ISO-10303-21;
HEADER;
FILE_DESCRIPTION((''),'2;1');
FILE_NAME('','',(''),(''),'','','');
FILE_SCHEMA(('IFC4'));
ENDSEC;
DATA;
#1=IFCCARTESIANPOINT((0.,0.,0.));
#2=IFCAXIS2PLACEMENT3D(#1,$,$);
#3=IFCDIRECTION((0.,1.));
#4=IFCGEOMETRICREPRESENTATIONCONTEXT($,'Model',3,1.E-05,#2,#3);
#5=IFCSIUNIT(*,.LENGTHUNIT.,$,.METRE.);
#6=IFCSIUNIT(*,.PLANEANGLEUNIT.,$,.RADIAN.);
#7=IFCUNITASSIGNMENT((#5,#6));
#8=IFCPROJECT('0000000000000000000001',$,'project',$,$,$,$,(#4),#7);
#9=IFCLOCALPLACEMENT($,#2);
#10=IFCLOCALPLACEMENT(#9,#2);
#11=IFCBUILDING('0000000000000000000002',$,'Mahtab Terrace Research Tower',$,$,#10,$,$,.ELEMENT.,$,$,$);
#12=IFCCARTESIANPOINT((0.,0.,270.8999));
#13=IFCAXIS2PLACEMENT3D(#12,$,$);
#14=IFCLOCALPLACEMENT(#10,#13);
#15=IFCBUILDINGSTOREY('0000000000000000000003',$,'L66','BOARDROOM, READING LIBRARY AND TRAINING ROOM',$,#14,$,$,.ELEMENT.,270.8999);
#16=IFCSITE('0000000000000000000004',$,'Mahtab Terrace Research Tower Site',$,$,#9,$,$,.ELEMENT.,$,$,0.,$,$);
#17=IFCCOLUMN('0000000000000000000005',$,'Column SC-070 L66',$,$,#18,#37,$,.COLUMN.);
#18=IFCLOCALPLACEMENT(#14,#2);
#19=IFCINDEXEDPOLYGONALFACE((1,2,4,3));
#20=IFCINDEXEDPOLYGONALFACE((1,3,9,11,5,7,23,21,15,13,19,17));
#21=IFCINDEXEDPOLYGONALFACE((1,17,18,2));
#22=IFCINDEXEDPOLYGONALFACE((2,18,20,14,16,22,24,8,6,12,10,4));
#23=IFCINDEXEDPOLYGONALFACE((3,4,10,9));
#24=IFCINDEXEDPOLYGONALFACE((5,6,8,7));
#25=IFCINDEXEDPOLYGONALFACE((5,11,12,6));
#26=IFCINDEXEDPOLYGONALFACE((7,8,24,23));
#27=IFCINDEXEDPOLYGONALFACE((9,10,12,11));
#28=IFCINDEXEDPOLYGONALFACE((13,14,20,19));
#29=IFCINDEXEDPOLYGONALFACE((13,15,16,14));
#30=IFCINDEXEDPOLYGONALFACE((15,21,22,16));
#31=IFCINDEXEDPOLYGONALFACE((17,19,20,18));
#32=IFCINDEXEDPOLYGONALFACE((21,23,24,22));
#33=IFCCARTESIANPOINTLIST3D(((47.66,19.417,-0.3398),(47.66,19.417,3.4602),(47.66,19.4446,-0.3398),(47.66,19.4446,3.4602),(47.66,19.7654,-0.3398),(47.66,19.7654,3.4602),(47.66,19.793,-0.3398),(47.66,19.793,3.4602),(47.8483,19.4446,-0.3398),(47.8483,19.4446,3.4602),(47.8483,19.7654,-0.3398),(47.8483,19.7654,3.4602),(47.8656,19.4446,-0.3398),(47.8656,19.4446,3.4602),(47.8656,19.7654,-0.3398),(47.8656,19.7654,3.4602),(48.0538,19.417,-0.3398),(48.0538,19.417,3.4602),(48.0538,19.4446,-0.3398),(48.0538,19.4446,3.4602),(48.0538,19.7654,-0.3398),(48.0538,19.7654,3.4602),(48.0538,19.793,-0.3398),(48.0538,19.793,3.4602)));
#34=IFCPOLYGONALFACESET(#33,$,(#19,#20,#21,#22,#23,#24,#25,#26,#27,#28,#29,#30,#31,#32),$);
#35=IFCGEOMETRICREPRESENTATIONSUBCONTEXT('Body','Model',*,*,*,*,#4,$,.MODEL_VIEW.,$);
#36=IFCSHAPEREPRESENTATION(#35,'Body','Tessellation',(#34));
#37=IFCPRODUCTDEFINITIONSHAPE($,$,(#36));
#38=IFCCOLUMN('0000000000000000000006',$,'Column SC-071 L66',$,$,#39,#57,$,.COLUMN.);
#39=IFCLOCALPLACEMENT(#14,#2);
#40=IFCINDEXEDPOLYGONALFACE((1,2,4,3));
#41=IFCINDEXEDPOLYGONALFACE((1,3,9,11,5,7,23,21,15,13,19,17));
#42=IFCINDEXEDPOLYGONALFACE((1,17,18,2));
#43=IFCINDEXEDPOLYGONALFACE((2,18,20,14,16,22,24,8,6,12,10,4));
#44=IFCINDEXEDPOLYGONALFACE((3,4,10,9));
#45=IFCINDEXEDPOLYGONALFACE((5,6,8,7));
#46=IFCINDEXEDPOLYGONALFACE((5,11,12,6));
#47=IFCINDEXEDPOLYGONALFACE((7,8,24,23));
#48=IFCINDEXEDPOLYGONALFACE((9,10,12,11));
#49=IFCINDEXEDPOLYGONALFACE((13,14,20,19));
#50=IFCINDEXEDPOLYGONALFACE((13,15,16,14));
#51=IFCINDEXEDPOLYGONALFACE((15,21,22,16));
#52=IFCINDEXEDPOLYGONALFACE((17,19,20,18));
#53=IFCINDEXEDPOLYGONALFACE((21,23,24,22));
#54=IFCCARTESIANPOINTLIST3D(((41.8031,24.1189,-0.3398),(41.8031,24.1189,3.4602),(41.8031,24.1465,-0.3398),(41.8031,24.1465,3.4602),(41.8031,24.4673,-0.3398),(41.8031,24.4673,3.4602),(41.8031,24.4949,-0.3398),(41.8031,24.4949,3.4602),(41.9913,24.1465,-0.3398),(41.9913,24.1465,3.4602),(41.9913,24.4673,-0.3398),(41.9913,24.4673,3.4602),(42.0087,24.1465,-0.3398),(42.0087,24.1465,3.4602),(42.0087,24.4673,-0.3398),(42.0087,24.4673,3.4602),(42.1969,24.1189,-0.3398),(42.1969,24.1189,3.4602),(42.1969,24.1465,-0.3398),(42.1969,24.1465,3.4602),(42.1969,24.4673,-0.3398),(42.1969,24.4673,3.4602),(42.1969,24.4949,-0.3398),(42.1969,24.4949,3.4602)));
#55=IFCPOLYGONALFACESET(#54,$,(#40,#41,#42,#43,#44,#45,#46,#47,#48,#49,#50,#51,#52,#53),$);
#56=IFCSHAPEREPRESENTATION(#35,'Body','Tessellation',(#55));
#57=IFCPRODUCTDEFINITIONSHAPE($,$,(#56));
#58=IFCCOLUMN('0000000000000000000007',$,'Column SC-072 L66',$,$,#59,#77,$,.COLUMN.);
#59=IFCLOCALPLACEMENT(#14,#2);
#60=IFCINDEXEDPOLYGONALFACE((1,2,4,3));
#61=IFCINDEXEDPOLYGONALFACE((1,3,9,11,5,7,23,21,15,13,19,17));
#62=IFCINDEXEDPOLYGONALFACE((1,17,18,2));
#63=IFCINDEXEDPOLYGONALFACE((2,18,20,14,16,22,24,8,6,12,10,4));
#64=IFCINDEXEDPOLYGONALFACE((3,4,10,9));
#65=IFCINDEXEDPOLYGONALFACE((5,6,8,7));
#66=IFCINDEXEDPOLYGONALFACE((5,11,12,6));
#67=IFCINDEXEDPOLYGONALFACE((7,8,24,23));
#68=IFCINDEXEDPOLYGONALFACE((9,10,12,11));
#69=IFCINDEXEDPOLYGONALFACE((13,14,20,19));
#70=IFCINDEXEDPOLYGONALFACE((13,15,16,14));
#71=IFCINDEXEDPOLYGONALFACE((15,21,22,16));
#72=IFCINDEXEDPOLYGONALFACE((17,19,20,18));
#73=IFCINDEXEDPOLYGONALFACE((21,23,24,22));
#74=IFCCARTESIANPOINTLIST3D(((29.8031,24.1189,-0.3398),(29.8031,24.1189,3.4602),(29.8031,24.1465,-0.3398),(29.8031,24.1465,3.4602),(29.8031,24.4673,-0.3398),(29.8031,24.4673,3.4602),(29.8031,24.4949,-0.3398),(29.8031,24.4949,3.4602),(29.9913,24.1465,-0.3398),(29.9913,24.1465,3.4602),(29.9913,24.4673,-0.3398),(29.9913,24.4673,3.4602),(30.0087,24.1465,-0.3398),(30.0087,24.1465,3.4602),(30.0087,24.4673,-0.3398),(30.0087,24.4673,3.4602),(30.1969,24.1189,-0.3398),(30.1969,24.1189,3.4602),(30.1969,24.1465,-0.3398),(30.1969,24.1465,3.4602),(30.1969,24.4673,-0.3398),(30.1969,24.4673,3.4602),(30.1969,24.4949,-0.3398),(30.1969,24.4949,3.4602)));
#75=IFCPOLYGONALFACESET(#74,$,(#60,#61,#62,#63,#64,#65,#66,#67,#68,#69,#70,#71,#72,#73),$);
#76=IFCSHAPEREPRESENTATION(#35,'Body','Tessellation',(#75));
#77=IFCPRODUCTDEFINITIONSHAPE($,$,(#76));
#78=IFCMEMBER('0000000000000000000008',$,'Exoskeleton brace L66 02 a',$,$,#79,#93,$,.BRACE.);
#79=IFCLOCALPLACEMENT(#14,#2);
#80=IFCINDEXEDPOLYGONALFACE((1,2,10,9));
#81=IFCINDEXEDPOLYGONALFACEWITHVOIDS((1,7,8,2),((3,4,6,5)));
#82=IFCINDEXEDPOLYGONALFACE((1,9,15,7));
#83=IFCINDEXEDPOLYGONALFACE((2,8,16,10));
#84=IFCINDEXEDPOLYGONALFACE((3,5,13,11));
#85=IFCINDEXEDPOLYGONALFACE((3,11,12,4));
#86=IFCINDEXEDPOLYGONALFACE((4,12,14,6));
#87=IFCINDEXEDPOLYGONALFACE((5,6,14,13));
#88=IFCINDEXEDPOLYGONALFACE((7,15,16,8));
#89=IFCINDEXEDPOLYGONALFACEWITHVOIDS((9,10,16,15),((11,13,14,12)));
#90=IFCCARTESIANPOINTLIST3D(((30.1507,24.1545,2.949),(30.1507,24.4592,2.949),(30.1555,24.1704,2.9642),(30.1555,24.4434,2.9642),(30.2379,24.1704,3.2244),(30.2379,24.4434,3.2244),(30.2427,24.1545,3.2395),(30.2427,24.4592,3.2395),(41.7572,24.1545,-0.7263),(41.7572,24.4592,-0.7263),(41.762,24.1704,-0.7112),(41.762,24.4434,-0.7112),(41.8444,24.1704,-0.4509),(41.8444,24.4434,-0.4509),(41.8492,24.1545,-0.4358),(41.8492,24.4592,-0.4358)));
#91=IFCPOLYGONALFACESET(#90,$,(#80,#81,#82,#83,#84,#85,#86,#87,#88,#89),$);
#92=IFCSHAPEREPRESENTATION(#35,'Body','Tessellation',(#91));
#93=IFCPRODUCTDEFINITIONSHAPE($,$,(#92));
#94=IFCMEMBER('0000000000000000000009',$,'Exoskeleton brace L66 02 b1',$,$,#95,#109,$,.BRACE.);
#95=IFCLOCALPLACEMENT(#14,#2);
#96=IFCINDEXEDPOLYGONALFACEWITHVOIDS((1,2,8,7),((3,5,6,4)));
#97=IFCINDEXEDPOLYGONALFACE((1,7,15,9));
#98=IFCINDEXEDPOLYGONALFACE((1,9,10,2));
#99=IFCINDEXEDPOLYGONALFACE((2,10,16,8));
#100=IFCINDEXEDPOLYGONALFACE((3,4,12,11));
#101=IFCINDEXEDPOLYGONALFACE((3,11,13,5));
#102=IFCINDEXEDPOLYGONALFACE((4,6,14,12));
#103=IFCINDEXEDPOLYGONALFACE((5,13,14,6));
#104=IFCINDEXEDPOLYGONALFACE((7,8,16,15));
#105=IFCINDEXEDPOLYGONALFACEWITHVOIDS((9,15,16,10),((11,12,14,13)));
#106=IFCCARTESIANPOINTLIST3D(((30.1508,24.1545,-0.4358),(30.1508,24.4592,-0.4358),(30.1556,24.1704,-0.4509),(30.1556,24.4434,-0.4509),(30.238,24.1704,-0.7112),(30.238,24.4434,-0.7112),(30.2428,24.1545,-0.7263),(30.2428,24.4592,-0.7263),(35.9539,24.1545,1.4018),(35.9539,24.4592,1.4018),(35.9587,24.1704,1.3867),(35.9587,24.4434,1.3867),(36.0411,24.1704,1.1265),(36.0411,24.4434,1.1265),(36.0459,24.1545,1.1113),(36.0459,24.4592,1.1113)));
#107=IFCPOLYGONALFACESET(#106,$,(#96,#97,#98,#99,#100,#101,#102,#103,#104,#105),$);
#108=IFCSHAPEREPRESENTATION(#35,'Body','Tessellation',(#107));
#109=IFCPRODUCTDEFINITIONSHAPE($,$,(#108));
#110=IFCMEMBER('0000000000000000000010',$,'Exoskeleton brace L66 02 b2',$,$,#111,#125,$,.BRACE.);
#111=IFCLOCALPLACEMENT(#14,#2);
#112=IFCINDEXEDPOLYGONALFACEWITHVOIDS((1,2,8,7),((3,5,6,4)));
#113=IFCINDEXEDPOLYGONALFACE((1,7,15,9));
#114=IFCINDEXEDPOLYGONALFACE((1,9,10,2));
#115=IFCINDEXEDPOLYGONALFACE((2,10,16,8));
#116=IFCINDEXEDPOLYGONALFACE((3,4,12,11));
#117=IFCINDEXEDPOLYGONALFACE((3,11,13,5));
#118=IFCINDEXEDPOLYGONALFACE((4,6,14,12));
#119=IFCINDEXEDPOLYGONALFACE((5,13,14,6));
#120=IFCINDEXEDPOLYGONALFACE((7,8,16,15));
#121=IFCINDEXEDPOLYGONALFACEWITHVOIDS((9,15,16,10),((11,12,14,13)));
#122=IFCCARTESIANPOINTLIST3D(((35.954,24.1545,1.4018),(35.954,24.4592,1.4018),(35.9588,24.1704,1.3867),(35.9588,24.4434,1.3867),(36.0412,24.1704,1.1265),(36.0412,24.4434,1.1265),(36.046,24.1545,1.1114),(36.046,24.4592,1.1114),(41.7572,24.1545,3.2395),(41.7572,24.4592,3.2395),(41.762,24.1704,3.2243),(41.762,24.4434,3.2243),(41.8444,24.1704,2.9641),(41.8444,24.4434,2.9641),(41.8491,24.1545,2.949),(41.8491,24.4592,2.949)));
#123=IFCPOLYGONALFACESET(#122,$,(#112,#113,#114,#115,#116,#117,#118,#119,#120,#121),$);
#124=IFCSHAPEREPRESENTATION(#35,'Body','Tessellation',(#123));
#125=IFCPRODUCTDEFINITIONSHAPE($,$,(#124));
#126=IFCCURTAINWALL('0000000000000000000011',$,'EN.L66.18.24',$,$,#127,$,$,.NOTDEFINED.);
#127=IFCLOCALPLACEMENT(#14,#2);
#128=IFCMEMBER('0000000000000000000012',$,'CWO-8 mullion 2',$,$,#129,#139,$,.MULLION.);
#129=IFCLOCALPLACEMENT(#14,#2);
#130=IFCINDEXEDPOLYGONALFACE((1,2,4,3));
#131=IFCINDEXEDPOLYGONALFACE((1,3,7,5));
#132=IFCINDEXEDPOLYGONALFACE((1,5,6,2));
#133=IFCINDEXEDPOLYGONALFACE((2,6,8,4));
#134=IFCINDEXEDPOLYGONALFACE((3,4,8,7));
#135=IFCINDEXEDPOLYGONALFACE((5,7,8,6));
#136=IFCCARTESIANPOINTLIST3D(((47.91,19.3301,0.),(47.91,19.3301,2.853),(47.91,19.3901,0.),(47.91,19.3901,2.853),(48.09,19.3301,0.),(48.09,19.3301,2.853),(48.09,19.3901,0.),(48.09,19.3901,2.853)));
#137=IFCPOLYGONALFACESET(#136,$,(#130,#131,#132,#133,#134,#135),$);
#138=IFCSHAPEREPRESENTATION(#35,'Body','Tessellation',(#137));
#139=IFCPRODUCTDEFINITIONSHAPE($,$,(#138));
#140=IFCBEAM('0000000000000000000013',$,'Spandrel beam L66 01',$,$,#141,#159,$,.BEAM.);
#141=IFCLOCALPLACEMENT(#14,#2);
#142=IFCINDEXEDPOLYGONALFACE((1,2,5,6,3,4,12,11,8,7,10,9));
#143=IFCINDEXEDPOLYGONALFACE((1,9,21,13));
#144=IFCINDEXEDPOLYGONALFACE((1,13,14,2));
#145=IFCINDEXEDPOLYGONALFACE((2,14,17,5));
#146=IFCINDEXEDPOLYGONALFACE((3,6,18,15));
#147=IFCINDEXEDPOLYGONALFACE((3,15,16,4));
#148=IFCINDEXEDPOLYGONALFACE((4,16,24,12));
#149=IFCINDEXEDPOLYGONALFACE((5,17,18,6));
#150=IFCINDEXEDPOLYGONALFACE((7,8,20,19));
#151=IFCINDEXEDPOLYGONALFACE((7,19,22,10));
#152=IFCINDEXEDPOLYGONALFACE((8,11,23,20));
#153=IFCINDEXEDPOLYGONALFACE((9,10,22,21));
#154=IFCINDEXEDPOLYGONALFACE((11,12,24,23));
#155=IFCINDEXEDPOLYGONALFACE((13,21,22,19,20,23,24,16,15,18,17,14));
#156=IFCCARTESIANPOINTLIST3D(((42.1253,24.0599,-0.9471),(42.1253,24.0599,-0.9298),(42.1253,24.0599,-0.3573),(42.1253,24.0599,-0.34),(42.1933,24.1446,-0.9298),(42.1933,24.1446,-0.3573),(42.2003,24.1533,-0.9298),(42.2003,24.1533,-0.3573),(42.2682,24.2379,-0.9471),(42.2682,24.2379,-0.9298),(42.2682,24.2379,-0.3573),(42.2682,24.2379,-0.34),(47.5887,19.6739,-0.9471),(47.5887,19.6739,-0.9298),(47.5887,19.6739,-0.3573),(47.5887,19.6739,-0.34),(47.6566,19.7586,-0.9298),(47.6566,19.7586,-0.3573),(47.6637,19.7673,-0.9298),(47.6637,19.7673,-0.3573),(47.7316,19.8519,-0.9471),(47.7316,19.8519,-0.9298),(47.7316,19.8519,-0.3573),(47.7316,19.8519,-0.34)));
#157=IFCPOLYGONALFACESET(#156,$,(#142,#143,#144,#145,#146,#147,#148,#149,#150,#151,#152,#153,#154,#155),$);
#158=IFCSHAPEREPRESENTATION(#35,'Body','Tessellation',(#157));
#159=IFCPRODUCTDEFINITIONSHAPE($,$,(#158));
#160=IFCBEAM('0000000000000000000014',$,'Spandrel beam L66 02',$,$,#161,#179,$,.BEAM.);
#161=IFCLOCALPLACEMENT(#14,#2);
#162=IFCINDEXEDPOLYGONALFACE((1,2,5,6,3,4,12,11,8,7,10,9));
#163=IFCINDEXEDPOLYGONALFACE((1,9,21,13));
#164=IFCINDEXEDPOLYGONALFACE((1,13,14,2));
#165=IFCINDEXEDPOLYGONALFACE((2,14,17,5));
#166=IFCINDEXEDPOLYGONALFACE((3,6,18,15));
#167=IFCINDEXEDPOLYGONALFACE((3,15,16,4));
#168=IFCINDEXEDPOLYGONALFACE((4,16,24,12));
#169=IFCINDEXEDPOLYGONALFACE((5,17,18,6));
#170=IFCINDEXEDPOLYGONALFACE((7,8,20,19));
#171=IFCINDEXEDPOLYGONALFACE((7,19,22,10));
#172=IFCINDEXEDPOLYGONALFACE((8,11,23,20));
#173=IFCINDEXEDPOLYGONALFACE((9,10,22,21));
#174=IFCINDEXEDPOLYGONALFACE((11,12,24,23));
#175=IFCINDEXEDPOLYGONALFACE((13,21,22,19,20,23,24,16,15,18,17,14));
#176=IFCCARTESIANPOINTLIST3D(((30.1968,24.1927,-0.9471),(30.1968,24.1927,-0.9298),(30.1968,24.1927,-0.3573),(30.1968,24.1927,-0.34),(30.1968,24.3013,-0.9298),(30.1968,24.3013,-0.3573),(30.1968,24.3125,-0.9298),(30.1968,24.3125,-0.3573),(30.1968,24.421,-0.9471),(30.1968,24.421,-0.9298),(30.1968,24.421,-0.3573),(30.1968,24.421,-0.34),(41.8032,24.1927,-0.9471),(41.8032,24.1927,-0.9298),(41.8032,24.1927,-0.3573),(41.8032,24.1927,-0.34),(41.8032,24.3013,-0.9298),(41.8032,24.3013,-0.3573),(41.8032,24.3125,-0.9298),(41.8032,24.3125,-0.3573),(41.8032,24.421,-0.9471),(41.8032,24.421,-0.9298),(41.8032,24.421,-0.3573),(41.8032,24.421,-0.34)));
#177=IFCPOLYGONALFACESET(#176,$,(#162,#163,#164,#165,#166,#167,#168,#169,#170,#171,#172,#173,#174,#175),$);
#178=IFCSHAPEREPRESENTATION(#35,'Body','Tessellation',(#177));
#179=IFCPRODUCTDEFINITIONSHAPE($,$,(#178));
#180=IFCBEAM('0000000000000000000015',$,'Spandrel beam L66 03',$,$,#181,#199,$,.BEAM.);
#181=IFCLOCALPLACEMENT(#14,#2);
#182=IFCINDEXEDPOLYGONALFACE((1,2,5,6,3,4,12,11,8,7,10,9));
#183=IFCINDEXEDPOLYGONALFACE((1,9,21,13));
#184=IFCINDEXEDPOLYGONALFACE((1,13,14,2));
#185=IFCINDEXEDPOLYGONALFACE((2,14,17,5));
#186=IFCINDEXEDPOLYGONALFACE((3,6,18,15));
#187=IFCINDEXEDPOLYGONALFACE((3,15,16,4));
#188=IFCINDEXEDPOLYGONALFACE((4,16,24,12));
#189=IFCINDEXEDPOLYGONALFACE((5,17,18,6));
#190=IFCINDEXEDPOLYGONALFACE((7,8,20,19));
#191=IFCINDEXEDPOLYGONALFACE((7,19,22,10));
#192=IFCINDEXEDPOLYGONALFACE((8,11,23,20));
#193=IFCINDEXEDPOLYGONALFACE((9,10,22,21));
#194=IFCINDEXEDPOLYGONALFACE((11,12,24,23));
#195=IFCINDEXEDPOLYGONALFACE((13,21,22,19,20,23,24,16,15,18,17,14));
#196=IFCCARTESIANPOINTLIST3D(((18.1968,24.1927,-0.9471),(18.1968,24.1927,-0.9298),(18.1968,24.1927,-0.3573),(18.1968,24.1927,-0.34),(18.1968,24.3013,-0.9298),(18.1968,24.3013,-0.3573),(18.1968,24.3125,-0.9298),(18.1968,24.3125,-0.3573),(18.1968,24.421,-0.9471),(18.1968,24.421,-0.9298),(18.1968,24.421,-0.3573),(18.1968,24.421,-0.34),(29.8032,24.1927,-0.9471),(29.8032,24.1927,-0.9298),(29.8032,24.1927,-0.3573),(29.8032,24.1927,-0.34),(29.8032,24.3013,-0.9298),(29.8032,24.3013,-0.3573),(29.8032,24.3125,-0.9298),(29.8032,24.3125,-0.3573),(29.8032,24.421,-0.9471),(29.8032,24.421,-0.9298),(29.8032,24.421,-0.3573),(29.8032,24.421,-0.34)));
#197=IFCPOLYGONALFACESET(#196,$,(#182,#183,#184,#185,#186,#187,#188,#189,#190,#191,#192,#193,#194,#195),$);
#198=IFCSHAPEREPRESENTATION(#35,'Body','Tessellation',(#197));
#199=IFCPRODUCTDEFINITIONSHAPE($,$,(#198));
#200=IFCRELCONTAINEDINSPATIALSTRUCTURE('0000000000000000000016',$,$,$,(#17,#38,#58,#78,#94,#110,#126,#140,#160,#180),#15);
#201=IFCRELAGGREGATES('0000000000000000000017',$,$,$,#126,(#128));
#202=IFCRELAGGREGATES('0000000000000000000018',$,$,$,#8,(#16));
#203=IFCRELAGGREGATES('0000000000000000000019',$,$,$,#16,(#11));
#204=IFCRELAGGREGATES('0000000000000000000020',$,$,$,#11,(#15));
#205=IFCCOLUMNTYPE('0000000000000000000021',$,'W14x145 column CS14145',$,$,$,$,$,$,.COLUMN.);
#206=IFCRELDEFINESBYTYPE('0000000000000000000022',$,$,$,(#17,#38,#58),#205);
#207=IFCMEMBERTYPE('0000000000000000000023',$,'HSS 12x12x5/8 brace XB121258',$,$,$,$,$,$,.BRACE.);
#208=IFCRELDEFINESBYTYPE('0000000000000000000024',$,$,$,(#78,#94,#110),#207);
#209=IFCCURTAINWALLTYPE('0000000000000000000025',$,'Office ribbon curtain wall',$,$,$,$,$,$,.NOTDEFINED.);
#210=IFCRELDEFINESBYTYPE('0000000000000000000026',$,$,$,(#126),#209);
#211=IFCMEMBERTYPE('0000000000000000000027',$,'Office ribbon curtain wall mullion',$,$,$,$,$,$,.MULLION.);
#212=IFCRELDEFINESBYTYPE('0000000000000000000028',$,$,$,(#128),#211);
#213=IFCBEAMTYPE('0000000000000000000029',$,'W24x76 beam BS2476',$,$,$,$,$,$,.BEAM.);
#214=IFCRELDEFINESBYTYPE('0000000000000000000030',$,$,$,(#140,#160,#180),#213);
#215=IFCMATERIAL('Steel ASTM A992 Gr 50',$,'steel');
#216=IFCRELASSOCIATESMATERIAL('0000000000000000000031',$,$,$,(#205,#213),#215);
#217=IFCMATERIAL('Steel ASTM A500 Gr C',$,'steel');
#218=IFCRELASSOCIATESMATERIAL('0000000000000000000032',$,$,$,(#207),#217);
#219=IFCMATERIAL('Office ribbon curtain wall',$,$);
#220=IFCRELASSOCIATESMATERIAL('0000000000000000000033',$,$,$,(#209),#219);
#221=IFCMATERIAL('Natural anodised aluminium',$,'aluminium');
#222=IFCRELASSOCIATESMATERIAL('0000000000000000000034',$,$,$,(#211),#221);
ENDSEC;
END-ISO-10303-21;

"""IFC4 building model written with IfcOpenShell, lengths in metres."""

from ifc_helpers import new_model, si_unit, direction, frame, origin, origin_2d, place, context, subcontext, project, spatial, rectangle, hollow_rectangle, i_section, extrude, material, material_profile, profile_set, type_object, element, aggregate, save


model = new_model("IFC4")

# Units and contexts
model_context = context("Model", 3, precision=1e-05, world=origin(), true_north=direction((0.0, 1.0)))
body_context = subcontext(model_context, "Body", "Model", "MODEL_VIEW")
ifc_project = project(units=[si_unit("LENGTHUNIT", "METRE"), si_unit("PLANEANGLEUNIT", "RADIAN")], contexts=[model_context])

# Site, building, storey
site_placement = place(None, origin())
site = spatial("IfcSite", under=ifc_project, at=site_placement, Name="Mahtab Terrace Research Tower Site", CompositionType="ELEMENT", RefElevation=0.0)
building_placement = place(site_placement, origin())
building = spatial("IfcBuilding", under=site, at=building_placement, Name="Mahtab Terrace Research Tower", CompositionType="ELEMENT")
storey_placement = place(building_placement, frame((0.0, 0.0, 270.8999)))
storey = spatial("IfcBuildingStorey", under=building, at=storey_placement, Name="L66", Description="BOARDROOM, READING LIBRARY AND TRAINING ROOM", CompositionType="ELEMENT", Elevation=270.8999)

# Columns
ifc_material_1 = material(Name="Steel ASTM A992 Gr 50", Category="steel")
ifc_material_profile_1 = material_profile(ifc_material_1, i_section(OverallWidth=0.3938, OverallDepth=0.376, WebThickness=0.0173, FlangeThickness=0.0276, at=origin_2d()), Name="W14X145")
ifc_profile_set_1 = profile_set([ifc_material_profile_1], Name="Steel ASTM A992 Gr 50")
column_type = type_object("IfcColumnType", Name="W14x145 column CS14145", PredefinedType="COLUMN", material=ifc_profile_set_1)
for number, where, z_axis, x_axis, name in (
    (1, (47.8569, 19.605, -0.3398), (0.0, 0.0, 1.0), (1.0, 0.0, 0.0), "Column SC-070 L66"),
    (2, (42.0, 24.3069, -0.3398), (0.0, 0.0, 1.0), (1.0, 0.0, 0.0), "Column SC-071 L66"),
    (3, (30.0, 24.3069, -0.3398), (0.0, 0.0, 1.0), (1.0, 0.0, 0.0), "Column SC-072 L66"),
):
    element("IfcColumn", number, at=place(storey_placement, frame(where, z_axis=z_axis, x_axis=x_axis)), inside=storey, type_object=column_type, Name=name, PredefinedType="COLUMN", context=body_context, shape_type="SweptSolid", body=[
        extrude(i_section(OverallWidth=0.3938, OverallDepth=0.376, WebThickness=0.0173, FlangeThickness=0.0276, at=origin_2d()), origin(), (0.0, 0.0, 1.0), 3.8),
    ])

# Members
ifc_material_2 = material(Name="Steel ASTM A500 Gr C", Category="steel")
ifc_material_profile_2 = material_profile(ifc_material_2, hollow_rectangle(XDim=0.3047, YDim=0.3047, WallThickness=0.0159, at=origin_2d()), Name="HSS12X12X5/8")
ifc_profile_set_2 = profile_set([ifc_material_profile_2], Name="Steel ASTM A500 Gr C")
member_type_1 = type_object("IfcMemberType", Name="HSS 12x12x5/8 brace XB121258", PredefinedType="BRACE", material=ifc_profile_set_2)
member_1_placement = place(storey_placement, frame((41.8032, 24.3069, -0.5811), z_axis=(-0.953344, 0.0, 0.301886), x_axis=(0.0, -1.0, 0.0)))
element("IfcMember", 4, at=member_1_placement, inside=storey, type_object=member_type_1, Name="Exoskeleton brace L66 02 a", PredefinedType="BRACE", context=body_context, shape_type="SweptSolid", body=[
    extrude(hollow_rectangle(XDim=0.3047, YDim=0.3047, WallThickness=0.0159, at=origin_2d()), origin(), (0.0, 0.0, 1.0), 12.1746),
])
for number, where, z_axis, x_axis, name in (
    (5, (30.1968, 24.3069, -0.5811), (0.953344, 0.0, 0.301886), (0.0, 1.0, 0.0), "Exoskeleton brace L66 02 b1"),
    (6, (36.0, 24.3069, 1.2566), (0.953344, 0.0, 0.301886), (0.0, 1.0, 0.0), "Exoskeleton brace L66 02 b2"),
):
    element("IfcMember", number, at=place(storey_placement, frame(where, z_axis=z_axis, x_axis=x_axis)), inside=storey, type_object=member_type_1, Name=name, PredefinedType="BRACE", context=body_context, shape_type="SweptSolid", body=[
        extrude(hollow_rectangle(XDim=0.3047, YDim=0.3047, WallThickness=0.0159, at=origin_2d()), origin(), (0.0, 0.0, 1.0), 6.0872),
    ])

# Curtain wall, member
ifc_material_3 = material(Name="Office ribbon curtain wall")
curtain_wall_type = type_object("IfcCurtainWallType", Name="Office ribbon curtain wall", PredefinedType="NOTDEFINED", material=ifc_material_3)
curtain_wall_placement = place(storey_placement, origin())
curtain_wall = element("IfcCurtainWall", 7, at=curtain_wall_placement, inside=storey, type_object=curtain_wall_type, Name="EN.L66.18.24", PredefinedType="NOTDEFINED")
ifc_material_4 = material(Name="Natural anodised aluminium", Category="aluminium")
ifc_material_profile_3 = material_profile(ifc_material_4, rectangle(XDim=0.1799, YDim=0.0601, at=origin_2d()), Name="MULLION 60x180")
ifc_profile_set_3 = profile_set([ifc_material_profile_3], Name="Natural anodised aluminium")
member_type_2 = type_object("IfcMemberType", Name="Office ribbon curtain wall mullion", PredefinedType="MULLION", material=ifc_profile_set_3)
member_2_placement = place(storey_placement, frame((48.0, 19.3601, 0.0), z_axis=(0.0, 0.0, 1.0), x_axis=(-1.0, 0.0, 0.0)))
member_2 = element("IfcMember", 8, at=member_2_placement, type_object=member_type_2, Name="CWO-8 mullion 2", PredefinedType="MULLION", context=body_context, shape_type="SweptSolid", body=[
    extrude(rectangle(XDim=0.1799, YDim=0.0601, at=origin_2d()), origin(), (0.0, 0.0, 1.0), 2.853),
])
aggregate(curtain_wall, [member_2])

# Beams
ifc_material_profile_4 = material_profile(ifc_material_1, i_section(OverallWidth=0.2283, OverallDepth=0.6072, WebThickness=0.0112, FlangeThickness=0.0173, at=origin_2d()), Name="W24X76")
ifc_profile_set_4 = profile_set([ifc_material_profile_4], Name="Steel ASTM A992 Gr 50")
beam_type = type_object("IfcBeamType", Name="W24x76 beam BS2476", PredefinedType="BEAM", material=ifc_profile_set_4)
beam_placement = place(storey_placement, frame((47.6602, 19.7629, -0.6436), z_axis=(-0.779804, 0.626024, 0.0), x_axis=(-0.626024, -0.779804, 0.0)))
element("IfcBeam", 9, at=beam_placement, inside=storey, type_object=beam_type, Name="Spandrel beam L66 01", PredefinedType="BEAM", context=body_context, shape_type="SweptSolid", body=[
    extrude(i_section(OverallWidth=0.2283, OverallDepth=0.6072, WebThickness=0.0112, FlangeThickness=0.0173, at=origin_2d()), origin(), (0.0, 0.0, 1.0), 7.0061),
])
for number, where, z_axis, x_axis, name in (
    (10, (41.8032, 24.3069, -0.6436), (-1.0, 0.0, 0.0), (0.0, -1.0, 0.0), "Spandrel beam L66 02"),
    (11, (29.8032, 24.3069, -0.6436), (-1.0, 0.0, 0.0), (0.0, -1.0, 0.0), "Spandrel beam L66 03"),
):
    element("IfcBeam", number, at=place(storey_placement, frame(where, z_axis=z_axis, x_axis=x_axis)), inside=storey, type_object=beam_type, Name=name, PredefinedType="BEAM", context=body_context, shape_type="SweptSolid", body=[
        extrude(i_section(OverallWidth=0.2283, OverallDepth=0.6072, WebThickness=0.0112, FlangeThickness=0.0173, at=origin_2d()), origin(), (0.0, 0.0, 1.0), 11.6064),
    ])

save(model, "model.ifc")
